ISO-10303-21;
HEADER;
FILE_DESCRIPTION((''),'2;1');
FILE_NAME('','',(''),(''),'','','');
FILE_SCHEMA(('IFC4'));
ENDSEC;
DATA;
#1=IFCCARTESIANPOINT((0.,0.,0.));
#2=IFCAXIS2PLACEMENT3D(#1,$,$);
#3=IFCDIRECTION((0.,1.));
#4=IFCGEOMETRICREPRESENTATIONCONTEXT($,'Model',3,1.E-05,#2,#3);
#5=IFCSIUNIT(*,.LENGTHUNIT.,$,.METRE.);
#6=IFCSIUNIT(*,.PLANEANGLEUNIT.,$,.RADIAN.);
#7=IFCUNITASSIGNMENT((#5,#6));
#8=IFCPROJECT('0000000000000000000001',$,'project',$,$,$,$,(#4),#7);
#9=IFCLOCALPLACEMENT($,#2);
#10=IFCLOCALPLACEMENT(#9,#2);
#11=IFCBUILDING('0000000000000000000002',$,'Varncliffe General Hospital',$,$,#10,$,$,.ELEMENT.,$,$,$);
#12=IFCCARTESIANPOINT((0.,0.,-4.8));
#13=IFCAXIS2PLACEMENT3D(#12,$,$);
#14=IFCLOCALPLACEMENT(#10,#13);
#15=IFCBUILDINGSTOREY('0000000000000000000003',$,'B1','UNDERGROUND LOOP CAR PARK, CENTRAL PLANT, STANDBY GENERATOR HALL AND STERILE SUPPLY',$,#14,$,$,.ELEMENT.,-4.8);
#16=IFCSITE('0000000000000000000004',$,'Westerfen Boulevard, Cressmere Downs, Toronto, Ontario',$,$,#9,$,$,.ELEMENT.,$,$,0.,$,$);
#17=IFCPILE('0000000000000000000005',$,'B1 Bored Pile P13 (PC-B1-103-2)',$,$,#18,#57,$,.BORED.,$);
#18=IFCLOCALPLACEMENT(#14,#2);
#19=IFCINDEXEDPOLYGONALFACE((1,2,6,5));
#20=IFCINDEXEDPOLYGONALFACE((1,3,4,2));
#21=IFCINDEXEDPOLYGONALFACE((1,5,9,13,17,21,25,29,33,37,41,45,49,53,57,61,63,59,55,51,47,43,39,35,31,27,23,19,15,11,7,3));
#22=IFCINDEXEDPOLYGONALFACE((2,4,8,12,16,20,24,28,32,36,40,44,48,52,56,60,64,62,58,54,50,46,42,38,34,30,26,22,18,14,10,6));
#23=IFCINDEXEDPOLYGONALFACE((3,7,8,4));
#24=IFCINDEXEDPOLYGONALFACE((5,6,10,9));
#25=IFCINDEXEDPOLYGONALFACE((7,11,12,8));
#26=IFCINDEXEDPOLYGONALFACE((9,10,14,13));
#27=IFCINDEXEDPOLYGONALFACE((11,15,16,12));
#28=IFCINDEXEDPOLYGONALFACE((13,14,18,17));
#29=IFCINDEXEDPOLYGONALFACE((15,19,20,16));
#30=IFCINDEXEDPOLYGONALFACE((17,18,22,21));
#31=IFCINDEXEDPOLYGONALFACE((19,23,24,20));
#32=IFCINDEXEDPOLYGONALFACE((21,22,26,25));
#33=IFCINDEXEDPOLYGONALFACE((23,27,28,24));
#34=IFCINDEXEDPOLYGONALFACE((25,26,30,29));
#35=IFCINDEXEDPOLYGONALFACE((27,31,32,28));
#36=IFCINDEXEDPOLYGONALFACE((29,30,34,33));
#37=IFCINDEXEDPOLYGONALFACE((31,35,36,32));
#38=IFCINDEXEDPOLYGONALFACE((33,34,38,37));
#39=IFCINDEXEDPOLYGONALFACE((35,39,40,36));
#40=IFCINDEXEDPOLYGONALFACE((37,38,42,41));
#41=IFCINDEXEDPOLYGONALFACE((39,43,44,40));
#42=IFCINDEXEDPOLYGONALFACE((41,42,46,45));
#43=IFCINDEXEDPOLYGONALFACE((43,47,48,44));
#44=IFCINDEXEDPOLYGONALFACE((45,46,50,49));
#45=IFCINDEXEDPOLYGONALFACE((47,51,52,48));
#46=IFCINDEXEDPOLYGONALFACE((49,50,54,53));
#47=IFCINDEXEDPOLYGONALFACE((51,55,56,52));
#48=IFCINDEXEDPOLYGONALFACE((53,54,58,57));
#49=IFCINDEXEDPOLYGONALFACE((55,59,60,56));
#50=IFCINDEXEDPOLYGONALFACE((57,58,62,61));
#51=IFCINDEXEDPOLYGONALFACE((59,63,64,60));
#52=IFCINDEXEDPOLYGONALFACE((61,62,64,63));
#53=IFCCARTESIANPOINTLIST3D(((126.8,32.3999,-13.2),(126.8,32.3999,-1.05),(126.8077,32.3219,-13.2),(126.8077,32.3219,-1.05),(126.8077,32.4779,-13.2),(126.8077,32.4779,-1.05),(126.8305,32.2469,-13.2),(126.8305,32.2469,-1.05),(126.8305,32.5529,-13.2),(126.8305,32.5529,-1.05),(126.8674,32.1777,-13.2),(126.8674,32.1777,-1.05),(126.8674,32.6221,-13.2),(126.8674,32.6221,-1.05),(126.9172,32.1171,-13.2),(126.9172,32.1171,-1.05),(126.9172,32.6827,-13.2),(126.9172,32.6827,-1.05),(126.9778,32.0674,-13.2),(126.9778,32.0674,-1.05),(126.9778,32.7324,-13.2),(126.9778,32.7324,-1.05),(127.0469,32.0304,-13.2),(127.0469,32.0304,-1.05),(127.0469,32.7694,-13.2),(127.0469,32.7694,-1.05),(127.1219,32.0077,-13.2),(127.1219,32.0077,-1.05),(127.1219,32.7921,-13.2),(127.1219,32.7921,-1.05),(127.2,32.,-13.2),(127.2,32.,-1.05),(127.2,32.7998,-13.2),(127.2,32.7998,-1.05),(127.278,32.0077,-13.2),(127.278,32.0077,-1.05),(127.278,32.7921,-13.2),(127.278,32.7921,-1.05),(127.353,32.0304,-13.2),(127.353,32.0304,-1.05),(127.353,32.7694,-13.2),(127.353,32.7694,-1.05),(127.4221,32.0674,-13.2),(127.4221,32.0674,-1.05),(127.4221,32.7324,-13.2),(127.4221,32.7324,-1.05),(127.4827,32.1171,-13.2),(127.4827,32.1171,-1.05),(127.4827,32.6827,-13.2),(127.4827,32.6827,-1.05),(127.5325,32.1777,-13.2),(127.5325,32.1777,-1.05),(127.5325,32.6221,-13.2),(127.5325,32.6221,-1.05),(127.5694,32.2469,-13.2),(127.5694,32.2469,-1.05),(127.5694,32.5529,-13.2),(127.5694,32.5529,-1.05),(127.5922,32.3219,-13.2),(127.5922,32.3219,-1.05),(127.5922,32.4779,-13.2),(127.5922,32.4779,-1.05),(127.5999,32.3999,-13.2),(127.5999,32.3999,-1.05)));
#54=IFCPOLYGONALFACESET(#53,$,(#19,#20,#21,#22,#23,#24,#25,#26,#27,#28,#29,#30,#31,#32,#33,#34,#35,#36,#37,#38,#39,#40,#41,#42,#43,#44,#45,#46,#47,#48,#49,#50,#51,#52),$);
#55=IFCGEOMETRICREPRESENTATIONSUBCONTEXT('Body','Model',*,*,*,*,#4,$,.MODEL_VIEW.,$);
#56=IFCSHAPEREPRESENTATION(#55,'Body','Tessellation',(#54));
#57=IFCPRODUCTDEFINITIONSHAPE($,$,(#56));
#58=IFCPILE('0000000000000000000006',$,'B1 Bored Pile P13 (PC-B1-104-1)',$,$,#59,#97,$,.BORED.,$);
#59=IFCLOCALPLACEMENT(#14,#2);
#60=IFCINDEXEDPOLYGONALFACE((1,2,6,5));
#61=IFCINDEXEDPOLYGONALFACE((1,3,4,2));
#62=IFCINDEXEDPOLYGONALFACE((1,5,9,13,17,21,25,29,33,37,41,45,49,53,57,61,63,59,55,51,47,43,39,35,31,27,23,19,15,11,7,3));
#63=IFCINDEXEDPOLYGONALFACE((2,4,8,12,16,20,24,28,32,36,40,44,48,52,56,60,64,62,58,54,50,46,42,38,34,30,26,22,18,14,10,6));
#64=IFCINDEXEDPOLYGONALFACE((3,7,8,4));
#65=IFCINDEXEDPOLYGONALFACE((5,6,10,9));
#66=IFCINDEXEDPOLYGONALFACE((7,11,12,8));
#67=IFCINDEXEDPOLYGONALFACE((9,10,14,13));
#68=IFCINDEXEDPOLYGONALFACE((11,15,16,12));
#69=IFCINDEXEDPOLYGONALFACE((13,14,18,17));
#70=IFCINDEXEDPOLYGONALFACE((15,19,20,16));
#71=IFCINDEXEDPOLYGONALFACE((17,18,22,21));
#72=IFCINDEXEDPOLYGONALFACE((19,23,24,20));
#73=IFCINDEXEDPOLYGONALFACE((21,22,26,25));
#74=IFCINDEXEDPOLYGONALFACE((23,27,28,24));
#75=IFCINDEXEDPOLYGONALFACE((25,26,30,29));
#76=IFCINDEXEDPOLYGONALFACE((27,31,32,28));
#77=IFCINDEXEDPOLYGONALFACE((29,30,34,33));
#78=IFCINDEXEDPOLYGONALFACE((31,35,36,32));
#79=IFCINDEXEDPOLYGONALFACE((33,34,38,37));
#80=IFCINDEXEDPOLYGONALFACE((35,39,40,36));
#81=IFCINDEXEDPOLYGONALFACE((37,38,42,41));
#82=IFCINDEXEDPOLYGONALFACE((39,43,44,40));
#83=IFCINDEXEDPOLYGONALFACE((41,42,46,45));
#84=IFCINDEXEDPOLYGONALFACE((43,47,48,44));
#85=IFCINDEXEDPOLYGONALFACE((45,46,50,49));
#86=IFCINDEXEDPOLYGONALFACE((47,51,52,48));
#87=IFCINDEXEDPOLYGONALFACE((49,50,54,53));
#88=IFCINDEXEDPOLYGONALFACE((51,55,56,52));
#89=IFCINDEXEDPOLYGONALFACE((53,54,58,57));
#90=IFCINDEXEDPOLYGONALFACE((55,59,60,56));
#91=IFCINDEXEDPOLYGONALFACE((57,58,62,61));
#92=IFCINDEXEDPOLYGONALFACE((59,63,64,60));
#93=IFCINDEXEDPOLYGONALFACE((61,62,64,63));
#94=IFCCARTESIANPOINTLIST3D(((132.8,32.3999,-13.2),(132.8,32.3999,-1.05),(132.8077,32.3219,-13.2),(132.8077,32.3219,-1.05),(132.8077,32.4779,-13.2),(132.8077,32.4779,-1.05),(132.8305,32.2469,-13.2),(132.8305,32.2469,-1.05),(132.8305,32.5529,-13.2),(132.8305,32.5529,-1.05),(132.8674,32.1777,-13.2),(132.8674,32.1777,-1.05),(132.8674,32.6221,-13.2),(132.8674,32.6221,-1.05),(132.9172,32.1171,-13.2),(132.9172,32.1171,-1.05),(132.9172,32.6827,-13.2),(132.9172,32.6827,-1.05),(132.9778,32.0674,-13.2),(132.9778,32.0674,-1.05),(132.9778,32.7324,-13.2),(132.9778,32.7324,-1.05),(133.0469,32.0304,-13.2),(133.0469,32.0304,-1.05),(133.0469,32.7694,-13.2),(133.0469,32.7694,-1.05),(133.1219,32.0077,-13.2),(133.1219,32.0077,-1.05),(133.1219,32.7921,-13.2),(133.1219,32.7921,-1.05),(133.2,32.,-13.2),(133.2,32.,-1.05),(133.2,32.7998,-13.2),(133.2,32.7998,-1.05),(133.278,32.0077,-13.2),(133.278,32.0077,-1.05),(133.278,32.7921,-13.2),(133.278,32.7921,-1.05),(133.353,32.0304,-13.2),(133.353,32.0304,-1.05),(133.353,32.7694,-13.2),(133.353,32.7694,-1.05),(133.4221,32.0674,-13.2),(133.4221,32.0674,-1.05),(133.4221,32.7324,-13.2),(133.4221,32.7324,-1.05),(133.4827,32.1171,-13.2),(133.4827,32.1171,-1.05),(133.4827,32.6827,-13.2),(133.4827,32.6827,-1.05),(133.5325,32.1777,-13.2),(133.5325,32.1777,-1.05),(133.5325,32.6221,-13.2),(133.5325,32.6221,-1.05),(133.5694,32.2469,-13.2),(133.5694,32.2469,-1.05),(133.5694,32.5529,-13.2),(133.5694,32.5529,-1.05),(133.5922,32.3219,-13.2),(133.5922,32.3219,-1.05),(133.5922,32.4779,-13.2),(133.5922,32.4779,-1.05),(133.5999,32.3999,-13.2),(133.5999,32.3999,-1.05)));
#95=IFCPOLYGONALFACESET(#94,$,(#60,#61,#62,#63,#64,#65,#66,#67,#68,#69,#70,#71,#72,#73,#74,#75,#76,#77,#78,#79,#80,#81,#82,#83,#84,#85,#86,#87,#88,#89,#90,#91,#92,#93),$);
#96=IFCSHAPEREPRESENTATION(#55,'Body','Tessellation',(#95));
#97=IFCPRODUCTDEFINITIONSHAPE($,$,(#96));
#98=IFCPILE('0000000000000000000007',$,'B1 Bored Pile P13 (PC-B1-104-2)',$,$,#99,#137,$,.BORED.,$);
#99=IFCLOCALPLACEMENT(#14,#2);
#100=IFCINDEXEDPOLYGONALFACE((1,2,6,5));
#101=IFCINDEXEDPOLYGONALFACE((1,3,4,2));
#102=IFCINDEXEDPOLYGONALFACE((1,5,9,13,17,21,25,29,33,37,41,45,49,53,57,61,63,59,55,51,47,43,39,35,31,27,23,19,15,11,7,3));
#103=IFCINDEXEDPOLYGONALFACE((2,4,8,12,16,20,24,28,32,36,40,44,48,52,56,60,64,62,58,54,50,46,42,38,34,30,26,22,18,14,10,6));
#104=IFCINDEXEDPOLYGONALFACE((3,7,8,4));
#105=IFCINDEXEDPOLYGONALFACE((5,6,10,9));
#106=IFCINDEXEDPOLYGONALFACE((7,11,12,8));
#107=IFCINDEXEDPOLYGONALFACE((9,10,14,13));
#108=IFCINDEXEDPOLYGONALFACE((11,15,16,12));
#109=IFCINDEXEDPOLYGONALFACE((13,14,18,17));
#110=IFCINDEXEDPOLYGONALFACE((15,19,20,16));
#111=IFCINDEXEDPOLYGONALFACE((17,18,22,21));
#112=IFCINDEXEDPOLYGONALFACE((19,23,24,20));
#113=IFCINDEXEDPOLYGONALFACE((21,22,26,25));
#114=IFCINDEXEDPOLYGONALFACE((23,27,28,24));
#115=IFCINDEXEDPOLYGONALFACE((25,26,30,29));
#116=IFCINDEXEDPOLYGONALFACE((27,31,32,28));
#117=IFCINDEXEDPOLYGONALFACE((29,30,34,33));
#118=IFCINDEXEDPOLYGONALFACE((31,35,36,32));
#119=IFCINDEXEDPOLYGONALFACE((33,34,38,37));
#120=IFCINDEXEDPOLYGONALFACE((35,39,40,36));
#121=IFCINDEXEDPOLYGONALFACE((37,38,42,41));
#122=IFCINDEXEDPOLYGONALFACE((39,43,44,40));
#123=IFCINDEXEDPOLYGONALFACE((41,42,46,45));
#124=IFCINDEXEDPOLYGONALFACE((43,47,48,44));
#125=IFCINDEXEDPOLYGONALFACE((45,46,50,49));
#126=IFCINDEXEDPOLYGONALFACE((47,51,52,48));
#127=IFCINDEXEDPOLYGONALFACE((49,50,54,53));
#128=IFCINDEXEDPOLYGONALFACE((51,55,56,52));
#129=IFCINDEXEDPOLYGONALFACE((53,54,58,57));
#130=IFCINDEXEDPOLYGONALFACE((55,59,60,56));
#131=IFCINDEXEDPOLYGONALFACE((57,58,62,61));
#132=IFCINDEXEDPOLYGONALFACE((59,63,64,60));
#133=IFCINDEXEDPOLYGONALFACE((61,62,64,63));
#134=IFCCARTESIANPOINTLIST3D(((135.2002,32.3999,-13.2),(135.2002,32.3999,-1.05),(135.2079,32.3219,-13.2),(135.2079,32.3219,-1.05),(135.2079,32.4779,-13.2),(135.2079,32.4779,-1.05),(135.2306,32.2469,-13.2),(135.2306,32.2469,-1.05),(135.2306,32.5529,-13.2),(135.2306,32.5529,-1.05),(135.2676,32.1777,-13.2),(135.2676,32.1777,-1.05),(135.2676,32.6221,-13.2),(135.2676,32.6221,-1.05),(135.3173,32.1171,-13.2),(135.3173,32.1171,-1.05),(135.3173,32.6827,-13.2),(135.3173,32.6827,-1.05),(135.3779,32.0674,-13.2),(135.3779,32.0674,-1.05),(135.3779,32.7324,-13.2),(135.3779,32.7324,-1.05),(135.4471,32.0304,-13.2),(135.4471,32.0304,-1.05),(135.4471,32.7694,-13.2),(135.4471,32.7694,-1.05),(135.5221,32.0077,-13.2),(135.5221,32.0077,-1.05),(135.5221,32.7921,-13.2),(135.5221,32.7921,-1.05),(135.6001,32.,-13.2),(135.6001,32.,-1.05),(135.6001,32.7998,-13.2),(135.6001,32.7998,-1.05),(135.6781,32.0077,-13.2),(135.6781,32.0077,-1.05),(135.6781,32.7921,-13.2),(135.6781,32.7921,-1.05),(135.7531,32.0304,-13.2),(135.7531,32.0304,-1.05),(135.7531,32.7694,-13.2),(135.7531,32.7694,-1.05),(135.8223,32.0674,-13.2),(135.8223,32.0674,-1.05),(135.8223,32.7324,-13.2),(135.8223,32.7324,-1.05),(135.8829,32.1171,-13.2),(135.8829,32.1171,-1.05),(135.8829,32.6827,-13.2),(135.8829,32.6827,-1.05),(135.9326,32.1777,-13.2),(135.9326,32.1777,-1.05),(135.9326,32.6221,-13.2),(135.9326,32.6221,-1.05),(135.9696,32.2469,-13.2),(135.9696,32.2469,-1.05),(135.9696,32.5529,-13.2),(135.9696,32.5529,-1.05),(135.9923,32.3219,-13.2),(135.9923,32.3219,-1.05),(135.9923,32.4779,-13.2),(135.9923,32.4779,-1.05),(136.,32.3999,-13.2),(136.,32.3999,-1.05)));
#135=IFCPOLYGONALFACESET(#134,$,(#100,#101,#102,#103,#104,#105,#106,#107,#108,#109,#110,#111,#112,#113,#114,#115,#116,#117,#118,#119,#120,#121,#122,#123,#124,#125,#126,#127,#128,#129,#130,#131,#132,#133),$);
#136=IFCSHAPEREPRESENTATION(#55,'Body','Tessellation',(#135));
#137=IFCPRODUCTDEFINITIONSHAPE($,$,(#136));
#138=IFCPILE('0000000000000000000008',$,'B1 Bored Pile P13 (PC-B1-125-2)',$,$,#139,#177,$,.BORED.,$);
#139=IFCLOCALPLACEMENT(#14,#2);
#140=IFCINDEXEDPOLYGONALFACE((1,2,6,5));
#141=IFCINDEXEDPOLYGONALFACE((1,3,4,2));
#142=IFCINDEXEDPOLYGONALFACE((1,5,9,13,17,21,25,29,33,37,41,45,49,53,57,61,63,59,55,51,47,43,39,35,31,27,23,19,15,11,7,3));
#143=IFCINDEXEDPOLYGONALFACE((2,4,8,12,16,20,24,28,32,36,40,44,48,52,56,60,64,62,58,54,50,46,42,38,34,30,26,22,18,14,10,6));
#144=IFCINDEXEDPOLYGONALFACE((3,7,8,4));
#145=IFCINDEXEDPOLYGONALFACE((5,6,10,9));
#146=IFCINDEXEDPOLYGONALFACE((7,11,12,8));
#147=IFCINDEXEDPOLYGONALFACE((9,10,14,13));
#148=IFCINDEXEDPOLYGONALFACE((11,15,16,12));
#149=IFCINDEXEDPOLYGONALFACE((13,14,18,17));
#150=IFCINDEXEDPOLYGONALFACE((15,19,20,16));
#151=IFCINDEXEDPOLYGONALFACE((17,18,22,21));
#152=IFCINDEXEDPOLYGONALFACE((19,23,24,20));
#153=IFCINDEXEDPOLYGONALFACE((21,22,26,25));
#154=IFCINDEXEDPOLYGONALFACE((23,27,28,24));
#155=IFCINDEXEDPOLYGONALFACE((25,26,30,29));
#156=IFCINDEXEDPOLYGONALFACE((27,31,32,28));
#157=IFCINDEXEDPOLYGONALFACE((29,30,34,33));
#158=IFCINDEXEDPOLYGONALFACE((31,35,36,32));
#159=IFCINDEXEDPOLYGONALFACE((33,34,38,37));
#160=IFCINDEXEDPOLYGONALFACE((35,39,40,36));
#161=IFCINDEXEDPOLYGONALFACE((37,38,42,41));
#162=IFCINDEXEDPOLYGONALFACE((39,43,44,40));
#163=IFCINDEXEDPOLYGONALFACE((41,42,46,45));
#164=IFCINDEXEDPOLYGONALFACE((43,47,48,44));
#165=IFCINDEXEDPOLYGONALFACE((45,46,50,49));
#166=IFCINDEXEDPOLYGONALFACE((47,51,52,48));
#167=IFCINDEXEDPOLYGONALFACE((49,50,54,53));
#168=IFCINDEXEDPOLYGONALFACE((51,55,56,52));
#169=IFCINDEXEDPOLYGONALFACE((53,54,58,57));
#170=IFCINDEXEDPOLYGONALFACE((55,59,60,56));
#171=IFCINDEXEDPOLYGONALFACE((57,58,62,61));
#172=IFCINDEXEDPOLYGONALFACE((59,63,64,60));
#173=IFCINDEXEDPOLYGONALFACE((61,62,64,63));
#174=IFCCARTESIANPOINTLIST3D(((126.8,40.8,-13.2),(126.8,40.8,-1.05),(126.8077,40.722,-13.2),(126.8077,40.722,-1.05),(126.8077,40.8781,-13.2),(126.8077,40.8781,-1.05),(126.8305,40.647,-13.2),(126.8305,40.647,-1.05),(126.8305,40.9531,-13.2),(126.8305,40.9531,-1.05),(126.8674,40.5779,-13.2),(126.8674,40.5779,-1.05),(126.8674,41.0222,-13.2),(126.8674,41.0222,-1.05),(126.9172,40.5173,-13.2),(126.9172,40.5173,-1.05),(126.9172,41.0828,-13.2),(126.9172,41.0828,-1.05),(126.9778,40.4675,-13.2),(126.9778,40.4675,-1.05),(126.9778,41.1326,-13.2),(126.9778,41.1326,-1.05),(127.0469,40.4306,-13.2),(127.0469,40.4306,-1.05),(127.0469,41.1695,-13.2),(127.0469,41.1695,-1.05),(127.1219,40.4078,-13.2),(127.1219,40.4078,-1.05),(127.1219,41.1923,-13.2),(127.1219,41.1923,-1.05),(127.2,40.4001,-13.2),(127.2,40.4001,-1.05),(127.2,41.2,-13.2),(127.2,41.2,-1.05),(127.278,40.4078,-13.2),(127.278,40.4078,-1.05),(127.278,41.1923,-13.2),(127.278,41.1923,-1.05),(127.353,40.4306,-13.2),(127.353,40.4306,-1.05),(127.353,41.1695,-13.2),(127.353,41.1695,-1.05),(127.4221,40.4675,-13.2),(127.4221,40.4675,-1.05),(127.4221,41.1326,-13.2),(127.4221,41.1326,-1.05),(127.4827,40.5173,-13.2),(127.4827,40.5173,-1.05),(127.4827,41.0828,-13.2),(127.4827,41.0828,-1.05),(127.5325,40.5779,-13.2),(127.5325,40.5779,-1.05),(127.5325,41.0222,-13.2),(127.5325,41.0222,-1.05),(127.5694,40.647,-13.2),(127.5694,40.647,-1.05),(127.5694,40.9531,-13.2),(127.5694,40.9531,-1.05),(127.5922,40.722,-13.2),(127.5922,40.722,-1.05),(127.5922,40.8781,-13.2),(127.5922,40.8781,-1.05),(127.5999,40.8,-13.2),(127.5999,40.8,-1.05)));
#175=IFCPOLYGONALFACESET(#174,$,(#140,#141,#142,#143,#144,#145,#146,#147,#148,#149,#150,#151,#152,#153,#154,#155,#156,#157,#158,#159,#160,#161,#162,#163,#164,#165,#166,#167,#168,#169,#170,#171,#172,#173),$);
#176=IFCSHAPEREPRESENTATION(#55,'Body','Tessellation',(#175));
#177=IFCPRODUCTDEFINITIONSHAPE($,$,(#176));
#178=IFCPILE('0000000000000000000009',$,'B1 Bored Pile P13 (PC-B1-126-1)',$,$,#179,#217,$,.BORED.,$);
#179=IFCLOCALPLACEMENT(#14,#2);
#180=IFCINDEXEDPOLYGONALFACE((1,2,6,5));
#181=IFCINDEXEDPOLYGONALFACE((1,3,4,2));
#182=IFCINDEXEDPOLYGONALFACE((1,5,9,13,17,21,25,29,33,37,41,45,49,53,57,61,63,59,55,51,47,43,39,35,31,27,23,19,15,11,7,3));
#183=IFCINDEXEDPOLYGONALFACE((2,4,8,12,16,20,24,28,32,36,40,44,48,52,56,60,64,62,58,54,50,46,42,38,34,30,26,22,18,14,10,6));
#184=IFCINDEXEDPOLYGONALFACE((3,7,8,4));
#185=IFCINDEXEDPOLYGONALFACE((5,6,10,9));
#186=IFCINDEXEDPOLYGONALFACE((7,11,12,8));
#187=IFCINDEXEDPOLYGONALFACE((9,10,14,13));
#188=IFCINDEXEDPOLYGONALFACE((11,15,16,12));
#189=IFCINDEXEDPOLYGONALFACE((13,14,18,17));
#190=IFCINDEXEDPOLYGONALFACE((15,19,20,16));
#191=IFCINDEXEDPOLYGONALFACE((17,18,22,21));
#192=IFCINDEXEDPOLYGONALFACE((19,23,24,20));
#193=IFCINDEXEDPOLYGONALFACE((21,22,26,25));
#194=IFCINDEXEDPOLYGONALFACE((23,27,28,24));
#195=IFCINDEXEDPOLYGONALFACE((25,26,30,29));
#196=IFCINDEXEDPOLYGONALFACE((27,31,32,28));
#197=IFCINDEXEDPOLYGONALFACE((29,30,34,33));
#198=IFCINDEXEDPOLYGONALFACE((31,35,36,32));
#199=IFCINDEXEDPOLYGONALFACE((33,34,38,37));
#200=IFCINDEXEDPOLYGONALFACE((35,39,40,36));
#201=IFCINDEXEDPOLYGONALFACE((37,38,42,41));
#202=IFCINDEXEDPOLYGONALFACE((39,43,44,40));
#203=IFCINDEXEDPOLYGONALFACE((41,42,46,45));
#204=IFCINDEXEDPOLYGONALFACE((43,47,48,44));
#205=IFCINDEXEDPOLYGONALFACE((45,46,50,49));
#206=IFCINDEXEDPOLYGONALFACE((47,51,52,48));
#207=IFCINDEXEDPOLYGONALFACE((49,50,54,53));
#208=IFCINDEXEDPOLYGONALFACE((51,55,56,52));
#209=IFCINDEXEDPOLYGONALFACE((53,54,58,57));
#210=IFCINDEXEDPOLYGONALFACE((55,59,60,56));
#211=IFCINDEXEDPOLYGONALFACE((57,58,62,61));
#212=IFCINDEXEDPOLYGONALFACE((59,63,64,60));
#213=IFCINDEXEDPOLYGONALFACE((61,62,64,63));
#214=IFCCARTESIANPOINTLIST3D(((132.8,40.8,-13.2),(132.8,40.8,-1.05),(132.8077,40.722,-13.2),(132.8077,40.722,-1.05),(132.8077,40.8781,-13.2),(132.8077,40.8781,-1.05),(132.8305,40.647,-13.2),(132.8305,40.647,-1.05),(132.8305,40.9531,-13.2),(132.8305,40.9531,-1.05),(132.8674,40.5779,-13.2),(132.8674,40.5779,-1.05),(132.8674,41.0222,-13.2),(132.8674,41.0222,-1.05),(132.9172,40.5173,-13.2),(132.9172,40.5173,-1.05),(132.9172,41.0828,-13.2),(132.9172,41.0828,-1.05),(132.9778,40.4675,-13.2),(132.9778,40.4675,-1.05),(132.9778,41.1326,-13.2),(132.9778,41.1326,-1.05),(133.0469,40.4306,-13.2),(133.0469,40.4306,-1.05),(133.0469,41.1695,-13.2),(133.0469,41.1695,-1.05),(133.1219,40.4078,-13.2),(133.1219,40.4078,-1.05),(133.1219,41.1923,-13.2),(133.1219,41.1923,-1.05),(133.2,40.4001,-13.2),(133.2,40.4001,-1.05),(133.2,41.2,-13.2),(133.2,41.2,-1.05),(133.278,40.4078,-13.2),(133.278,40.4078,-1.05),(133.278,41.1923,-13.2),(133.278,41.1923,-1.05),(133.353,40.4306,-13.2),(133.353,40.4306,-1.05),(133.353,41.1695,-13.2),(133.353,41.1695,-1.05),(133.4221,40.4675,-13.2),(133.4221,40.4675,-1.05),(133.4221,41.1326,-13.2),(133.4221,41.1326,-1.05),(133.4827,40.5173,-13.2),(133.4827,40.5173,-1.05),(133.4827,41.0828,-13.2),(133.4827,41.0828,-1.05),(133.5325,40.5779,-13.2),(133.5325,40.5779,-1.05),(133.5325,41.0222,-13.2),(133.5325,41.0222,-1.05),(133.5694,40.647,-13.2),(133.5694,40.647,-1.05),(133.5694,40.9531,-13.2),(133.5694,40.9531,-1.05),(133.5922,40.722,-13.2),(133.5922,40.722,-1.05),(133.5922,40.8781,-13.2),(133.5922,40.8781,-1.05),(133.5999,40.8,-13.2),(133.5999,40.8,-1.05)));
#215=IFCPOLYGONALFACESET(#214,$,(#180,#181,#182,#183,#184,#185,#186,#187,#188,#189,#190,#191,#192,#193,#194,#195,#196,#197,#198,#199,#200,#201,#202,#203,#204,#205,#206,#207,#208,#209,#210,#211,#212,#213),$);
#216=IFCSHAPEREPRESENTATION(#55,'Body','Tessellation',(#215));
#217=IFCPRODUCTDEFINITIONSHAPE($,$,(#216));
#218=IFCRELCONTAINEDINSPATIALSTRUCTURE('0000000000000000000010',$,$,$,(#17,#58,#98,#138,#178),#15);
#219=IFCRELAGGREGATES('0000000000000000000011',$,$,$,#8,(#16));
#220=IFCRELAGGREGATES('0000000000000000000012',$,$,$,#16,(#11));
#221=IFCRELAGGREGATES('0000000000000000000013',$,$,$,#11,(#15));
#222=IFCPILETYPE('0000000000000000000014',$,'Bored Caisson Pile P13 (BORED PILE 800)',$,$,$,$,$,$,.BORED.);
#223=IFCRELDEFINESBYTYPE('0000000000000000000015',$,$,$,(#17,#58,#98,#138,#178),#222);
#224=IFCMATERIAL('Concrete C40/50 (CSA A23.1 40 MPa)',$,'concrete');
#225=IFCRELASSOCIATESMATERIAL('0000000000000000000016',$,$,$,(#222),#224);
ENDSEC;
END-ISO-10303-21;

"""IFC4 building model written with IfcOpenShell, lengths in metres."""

from ifc_helpers import new_model, si_unit, direction, frame, origin, origin_2d, place, context, subcontext, project, spatial, circle, extrude, material, material_profile, profile_set, type_object, element, save


model = new_model("IFC4")

# Units and contexts
model_context = context("Model", 3, precision=1e-05, world=origin(), true_north=direction((0.0, 1.0)))
body_context = subcontext(model_context, "Body", "Model", "MODEL_VIEW")
ifc_project = project(units=[si_unit("LENGTHUNIT", "METRE"), si_unit("PLANEANGLEUNIT", "RADIAN")], contexts=[model_context])

# Site, building, storey
site_placement = place(None, origin())
site = spatial("IfcSite", under=ifc_project, at=site_placement, Name="Westerfen Boulevard, Cressmere Downs, Toronto, Ontario", CompositionType="ELEMENT", RefElevation=0.0)
building_placement = place(site_placement, origin())
building = spatial("IfcBuilding", under=site, at=building_placement, Name="Varncliffe General Hospital", CompositionType="ELEMENT")
storey_placement = place(building_placement, frame((0.0, 0.0, -4.8)))
storey = spatial("IfcBuildingStorey", under=building, at=storey_placement, Name="B1", Description="UNDERGROUND LOOP CAR PARK, CENTRAL PLANT, STANDBY GENERATOR HALL AND STERILE SUPPLY", CompositionType="ELEMENT", Elevation=-4.8)

# Piles
ifc_material_1 = material(Name="Concrete C40/50 (CSA A23.1 40 MPa)", Category="concrete")
ifc_material_profile_1 = material_profile(ifc_material_1, circle(Radius=0.3999, at=origin_2d()), Name="BORED PILE 800")
ifc_profile_set_1 = profile_set([ifc_material_profile_1], Name="Concrete C40/50 (CSA A23.1 40 MPa)")
pile_type = type_object("IfcPileType", Name="Bored Caisson Pile P13 (BORED PILE 800)", PredefinedType="BORED", material=ifc_profile_set_1)
for number, where, z_axis, x_axis, name in (
    (1, (127.2, 32.3999, -1.05), (0.0, 0.0, -1.0), (1.0, 0.0, 0.0), "B1 Bored Pile P13 (PC-B1-103-2)"),
    (2, (133.2, 32.3999, -1.05), (0.0, 0.0, -1.0), (1.0, 0.0, 0.0), "B1 Bored Pile P13 (PC-B1-104-1)"),
    (3, (135.6001, 32.3999, -1.05), (0.0, 0.0, -1.0), (1.0, 0.0, 0.0), "B1 Bored Pile P13 (PC-B1-104-2)"),
    (4, (127.2, 40.8, -1.05), (0.0, 0.0, -1.0), (1.0, 0.0, 0.0), "B1 Bored Pile P13 (PC-B1-125-2)"),
    (5, (133.2, 40.8, -1.05), (0.0, 0.0, -1.0), (1.0, 0.0, 0.0), "B1 Bored Pile P13 (PC-B1-126-1)"),
):
    element("IfcPile", number, at=place(storey_placement, frame(where, z_axis=z_axis, x_axis=x_axis)), inside=storey, type_object=pile_type, Name=name, PredefinedType="BORED", context=body_context, shape_type="SweptSolid", body=[
        extrude(circle(Radius=0.3999, at=origin_2d()), origin(), (0.0, 0.0, 1.0), 12.1499),
    ])

save(model, "model.ifc")
